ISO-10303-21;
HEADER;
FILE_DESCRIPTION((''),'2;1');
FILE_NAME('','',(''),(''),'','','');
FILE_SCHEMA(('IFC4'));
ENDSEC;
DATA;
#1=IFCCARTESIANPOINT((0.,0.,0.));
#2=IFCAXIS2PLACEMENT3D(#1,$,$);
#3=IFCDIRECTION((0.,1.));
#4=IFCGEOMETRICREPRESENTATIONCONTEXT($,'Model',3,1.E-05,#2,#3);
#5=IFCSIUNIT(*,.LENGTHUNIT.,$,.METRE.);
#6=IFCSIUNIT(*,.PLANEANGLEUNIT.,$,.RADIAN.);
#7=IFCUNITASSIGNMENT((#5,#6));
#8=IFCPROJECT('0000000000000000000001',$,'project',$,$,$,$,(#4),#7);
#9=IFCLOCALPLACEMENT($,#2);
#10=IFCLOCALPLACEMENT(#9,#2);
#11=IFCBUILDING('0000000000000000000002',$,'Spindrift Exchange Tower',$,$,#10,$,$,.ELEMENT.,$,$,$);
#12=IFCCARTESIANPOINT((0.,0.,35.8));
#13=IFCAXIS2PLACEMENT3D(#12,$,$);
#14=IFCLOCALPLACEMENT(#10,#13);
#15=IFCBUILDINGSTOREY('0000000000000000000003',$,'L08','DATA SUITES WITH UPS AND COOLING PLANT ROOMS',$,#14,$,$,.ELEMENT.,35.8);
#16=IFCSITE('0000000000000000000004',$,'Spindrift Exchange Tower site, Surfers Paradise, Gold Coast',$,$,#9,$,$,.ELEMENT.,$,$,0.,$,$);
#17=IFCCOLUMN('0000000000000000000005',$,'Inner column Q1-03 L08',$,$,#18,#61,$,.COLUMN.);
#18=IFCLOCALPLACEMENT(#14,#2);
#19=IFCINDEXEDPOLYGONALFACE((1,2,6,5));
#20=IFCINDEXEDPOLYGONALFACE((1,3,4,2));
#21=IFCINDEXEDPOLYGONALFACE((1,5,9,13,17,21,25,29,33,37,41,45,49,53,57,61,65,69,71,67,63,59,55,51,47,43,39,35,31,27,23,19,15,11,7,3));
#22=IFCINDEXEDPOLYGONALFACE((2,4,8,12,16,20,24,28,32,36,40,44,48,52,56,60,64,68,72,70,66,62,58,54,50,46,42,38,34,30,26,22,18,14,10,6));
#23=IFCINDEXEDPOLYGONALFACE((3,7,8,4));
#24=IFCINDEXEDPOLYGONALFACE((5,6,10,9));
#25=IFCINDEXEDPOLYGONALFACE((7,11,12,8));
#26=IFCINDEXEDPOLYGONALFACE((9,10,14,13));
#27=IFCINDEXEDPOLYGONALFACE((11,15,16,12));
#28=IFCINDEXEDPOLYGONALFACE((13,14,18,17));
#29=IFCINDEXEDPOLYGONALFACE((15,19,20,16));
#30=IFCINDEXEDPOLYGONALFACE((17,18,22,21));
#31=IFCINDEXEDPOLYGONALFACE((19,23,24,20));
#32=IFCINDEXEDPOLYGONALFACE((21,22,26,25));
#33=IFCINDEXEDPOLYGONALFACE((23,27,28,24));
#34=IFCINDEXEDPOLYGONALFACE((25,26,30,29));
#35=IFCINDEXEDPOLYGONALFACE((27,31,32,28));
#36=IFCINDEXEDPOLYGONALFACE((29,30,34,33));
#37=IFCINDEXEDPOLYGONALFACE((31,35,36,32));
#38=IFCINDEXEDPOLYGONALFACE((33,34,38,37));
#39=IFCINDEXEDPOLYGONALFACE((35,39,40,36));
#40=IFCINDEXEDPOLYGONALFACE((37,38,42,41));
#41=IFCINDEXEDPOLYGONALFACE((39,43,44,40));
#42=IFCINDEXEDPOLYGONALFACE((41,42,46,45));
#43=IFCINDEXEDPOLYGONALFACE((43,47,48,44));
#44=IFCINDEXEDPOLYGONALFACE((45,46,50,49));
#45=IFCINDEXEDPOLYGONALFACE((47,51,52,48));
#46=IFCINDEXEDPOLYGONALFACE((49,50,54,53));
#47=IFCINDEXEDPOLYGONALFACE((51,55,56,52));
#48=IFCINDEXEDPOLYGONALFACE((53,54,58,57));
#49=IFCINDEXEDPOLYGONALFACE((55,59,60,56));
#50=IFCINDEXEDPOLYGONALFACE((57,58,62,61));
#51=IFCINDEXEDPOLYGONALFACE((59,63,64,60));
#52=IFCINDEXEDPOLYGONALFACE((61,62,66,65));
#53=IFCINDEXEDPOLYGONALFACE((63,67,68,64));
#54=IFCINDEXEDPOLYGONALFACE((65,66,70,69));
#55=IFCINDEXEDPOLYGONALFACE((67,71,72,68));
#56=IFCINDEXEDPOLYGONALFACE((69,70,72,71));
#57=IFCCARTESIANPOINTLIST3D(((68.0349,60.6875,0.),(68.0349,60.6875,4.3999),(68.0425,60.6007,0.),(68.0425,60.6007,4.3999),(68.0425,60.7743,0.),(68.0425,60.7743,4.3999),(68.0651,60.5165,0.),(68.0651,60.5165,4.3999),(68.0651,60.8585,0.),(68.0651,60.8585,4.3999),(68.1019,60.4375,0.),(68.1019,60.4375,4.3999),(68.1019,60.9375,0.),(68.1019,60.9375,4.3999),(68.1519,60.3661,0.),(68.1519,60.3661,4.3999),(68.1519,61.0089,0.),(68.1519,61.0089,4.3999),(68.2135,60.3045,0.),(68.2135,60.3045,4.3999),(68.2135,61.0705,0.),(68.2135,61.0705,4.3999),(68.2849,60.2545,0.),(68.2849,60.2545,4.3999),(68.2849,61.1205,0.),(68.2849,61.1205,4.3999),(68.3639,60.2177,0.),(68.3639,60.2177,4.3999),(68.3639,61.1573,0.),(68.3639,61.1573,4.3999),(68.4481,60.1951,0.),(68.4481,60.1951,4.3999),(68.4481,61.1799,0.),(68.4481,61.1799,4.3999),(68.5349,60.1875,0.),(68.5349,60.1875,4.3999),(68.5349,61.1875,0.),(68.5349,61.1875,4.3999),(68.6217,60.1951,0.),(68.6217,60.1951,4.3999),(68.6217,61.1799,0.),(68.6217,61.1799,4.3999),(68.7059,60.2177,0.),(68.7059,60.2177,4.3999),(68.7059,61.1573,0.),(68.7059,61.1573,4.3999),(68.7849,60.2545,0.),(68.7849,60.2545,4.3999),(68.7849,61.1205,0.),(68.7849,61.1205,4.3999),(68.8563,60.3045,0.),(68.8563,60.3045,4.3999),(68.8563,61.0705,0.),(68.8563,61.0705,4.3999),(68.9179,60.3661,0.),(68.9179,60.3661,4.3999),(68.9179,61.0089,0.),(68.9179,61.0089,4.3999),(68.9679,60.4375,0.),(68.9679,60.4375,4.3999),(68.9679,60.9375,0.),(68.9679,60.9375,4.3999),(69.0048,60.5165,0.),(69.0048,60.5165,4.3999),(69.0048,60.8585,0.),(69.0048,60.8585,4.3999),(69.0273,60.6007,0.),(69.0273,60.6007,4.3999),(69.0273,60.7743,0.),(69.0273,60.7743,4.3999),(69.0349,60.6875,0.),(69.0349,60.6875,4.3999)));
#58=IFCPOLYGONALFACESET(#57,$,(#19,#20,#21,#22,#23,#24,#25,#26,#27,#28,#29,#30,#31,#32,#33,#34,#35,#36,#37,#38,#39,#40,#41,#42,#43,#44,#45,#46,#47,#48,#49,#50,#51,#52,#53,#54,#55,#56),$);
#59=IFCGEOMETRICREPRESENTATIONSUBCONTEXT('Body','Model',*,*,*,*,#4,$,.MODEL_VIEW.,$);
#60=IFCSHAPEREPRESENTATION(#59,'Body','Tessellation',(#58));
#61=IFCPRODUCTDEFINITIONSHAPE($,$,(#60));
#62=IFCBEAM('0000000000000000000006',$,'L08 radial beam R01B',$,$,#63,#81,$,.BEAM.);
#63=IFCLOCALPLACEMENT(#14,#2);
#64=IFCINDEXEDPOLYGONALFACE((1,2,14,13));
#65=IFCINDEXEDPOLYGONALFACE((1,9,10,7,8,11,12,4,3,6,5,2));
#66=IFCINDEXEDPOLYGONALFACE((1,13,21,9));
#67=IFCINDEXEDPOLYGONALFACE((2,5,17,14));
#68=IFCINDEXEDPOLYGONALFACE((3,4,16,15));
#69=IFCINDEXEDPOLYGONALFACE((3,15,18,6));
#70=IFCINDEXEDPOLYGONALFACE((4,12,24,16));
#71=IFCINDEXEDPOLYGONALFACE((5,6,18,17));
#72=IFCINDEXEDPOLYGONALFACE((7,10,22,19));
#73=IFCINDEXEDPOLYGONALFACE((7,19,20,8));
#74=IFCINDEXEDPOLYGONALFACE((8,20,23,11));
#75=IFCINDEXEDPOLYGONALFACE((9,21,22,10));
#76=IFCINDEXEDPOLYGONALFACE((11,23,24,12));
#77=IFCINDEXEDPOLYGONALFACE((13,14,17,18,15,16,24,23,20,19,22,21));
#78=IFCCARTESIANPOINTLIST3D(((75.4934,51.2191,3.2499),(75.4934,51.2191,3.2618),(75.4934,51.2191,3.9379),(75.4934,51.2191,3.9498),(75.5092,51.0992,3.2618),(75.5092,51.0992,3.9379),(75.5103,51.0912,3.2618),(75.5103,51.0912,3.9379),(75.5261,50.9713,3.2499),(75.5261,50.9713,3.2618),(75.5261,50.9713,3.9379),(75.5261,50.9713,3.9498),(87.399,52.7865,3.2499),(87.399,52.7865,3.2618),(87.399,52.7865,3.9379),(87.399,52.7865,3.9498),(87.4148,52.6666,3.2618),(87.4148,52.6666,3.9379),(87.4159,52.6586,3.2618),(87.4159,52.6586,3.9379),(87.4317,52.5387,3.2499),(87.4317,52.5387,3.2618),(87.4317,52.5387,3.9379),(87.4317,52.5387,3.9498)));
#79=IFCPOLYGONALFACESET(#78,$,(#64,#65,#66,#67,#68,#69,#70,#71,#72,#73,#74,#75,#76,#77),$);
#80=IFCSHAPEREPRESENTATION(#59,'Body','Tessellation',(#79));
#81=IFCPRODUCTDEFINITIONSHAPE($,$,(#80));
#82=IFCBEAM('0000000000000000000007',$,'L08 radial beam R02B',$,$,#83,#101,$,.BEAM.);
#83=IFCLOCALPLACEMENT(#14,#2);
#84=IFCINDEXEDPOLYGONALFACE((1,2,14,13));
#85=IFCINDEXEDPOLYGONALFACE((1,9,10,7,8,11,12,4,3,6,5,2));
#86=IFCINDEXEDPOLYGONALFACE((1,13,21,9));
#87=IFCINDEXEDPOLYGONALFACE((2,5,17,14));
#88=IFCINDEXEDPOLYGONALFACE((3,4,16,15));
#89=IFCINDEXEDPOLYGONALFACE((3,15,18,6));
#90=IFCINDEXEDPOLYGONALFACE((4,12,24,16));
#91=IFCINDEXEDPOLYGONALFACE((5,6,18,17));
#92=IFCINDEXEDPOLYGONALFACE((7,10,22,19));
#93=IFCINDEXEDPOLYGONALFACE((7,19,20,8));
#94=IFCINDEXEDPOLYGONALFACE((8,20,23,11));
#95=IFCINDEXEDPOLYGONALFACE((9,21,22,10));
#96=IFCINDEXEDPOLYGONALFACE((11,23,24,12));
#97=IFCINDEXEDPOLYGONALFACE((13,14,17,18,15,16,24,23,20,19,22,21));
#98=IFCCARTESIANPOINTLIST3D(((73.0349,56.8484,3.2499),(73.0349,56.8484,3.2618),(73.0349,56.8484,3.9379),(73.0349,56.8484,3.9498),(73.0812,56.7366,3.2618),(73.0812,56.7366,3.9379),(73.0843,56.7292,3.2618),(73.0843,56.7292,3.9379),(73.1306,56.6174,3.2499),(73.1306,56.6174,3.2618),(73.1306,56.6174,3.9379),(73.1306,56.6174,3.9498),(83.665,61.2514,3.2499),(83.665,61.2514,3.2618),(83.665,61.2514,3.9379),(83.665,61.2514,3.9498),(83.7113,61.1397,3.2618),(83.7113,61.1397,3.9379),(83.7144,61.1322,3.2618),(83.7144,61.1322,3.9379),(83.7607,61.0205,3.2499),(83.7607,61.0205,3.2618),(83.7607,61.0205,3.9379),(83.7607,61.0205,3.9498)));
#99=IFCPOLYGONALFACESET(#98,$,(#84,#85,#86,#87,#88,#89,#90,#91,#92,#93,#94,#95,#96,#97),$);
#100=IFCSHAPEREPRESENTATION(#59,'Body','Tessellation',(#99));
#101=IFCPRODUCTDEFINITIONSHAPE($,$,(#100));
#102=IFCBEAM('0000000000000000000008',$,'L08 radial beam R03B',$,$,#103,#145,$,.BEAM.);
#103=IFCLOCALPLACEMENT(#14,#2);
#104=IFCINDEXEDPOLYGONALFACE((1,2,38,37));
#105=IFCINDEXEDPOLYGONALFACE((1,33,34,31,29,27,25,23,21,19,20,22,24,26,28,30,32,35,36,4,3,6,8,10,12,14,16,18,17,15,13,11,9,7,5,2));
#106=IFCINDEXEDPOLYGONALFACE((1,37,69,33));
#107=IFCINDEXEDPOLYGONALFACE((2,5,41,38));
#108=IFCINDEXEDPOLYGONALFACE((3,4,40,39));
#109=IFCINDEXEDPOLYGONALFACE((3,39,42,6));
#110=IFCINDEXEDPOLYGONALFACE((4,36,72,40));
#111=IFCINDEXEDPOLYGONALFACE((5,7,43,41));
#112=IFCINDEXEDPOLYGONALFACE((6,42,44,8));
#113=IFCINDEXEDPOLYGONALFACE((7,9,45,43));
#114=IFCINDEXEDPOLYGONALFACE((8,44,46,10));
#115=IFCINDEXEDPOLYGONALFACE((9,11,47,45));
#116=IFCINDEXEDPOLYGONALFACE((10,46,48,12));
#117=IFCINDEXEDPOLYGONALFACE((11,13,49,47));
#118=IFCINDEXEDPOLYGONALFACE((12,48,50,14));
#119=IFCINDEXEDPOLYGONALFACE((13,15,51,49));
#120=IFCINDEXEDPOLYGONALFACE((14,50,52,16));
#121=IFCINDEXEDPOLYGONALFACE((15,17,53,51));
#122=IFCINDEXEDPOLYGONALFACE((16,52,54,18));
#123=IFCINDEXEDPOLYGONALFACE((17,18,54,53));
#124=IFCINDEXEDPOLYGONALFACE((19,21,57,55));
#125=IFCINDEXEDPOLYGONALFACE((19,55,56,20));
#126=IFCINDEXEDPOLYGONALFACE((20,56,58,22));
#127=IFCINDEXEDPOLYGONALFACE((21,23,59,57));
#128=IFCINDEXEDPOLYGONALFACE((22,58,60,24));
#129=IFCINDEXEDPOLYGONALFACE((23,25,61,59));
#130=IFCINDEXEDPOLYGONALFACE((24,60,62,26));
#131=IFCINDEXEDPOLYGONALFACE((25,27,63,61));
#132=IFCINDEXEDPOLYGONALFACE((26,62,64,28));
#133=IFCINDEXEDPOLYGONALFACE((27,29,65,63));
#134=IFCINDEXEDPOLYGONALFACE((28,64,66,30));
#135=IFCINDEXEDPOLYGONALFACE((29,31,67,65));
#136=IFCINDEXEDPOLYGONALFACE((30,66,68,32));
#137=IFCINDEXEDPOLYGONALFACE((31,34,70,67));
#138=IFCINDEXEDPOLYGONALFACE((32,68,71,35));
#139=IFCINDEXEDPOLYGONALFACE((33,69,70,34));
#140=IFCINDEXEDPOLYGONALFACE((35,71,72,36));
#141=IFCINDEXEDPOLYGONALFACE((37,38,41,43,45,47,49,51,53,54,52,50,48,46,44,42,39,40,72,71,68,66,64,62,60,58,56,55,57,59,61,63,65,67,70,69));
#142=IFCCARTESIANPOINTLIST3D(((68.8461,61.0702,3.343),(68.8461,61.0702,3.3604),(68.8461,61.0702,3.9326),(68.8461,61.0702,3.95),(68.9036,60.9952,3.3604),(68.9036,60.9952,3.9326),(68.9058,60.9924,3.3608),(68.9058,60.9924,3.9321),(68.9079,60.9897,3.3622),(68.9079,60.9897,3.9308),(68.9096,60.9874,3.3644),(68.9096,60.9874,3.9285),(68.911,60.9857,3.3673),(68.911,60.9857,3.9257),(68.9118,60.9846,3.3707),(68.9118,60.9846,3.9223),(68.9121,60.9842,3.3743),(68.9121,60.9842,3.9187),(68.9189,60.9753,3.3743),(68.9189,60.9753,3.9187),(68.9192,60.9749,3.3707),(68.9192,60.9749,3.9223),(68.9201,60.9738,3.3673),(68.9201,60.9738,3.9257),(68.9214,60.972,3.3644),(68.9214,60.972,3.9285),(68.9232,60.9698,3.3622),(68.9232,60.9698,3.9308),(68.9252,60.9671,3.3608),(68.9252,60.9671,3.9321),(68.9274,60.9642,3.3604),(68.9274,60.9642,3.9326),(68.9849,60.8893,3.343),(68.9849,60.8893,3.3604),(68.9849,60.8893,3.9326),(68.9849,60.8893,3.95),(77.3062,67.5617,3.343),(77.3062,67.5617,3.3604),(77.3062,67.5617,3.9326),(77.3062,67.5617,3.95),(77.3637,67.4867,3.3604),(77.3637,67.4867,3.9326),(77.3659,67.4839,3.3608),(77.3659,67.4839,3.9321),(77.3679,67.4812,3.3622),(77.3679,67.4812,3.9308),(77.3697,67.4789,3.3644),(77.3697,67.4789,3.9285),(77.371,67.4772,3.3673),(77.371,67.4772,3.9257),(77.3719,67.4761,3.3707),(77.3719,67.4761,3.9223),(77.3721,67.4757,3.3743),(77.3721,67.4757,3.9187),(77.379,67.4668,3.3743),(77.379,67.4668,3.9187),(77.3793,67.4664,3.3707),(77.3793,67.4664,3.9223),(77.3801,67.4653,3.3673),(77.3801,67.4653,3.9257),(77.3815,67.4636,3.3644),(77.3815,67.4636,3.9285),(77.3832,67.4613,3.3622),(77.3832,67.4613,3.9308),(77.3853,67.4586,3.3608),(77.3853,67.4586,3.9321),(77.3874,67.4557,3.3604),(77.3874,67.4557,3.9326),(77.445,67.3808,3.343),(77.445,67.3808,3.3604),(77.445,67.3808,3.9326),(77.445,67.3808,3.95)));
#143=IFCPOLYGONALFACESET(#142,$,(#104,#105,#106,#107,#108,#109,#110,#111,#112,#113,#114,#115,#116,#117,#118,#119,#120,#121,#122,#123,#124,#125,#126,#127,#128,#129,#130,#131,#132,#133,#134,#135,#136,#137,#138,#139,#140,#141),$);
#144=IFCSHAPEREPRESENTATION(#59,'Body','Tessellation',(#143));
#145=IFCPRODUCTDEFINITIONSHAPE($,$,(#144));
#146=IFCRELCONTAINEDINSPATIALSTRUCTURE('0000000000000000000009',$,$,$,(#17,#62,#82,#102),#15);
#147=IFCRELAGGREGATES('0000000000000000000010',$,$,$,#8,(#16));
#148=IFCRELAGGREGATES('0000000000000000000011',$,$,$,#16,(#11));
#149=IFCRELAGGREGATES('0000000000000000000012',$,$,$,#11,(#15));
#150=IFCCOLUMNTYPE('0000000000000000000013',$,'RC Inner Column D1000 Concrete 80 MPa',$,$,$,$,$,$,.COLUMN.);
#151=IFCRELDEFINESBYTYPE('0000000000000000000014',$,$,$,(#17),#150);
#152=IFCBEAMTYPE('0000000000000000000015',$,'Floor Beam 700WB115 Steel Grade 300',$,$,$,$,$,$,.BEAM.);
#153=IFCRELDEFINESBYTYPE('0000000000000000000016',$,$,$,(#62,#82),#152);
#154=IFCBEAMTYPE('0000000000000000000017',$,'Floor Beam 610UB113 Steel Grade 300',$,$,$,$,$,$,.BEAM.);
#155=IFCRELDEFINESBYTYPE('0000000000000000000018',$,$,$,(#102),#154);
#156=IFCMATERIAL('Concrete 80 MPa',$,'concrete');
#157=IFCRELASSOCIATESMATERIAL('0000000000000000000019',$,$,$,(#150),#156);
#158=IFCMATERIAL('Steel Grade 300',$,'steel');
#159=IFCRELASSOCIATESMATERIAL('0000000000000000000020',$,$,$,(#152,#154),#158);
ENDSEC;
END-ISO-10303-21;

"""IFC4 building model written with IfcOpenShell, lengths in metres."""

from ifc_helpers import new_model, si_unit, direction, frame, origin, origin_2d, place, context, subcontext, project, spatial, circle, i_section, extrude, source, transform, mapped, material, material_profile, profile_set, type_object, element, save


model = new_model("IFC4")

# Units and contexts
model_context = context("Model", 3, precision=1e-05, world=origin(), true_north=direction((0.0, 1.0)))
body_context = subcontext(model_context, "Body", "Model", "MODEL_VIEW")
ifc_project = project(units=[si_unit("LENGTHUNIT", "METRE"), si_unit("PLANEANGLEUNIT", "RADIAN")], contexts=[model_context])

# Site, building, storey
site_placement = place(None, origin())
site = spatial("IfcSite", under=ifc_project, at=site_placement, Name="Spindrift Exchange Tower site, Surfers Paradise, Gold Coast", CompositionType="ELEMENT", RefElevation=0.0)
building_placement = place(site_placement, origin())
building = spatial("IfcBuilding", under=site, at=building_placement, Name="Spindrift Exchange Tower", CompositionType="ELEMENT")
storey_placement = place(building_placement, frame((0.0, 0.0, 35.8)))
storey = spatial("IfcBuildingStorey", under=building, at=storey_placement, Name="L08", Description="DATA SUITES WITH UPS AND COOLING PLANT ROOMS", CompositionType="ELEMENT", Elevation=35.8)

# Column
ifc_material_1 = material(Name="Concrete 80 MPa", Category="concrete")
ifc_material_profile_1 = material_profile(ifc_material_1, circle(Radius=0.5, at=origin_2d()), Name="RC D1000")
ifc_profile_set_1 = profile_set([ifc_material_profile_1], Name="Concrete 80 MPa")
column_type_1 = type_object("IfcColumnType", Name="RC Inner Column D1000 Concrete 80 MPa", PredefinedType="COLUMN", material=ifc_profile_set_1)
shared_shape_1 = source(origin(), body_context, "Body", "SweptSolid", [
    extrude(circle(Radius=0.5, at=origin_2d()), origin(), (0.0, 0.0, 1.0), 4.3999),
])
for number, where, z_axis, x_axis, name in (
    (1, (68.5349, 60.6875, 0.0), (0.0, 0.0, 1.0), (1.0, 0.0, 0.0), "Inner column Q1-03 L08"),
):
    element("IfcColumn", number, at=place(storey_placement, frame(where, z_axis=z_axis, x_axis=x_axis)), inside=storey, type_object=column_type_1, Name=name, PredefinedType="COLUMN", context=body_context, shape_type="MappedRepresentation", body=[
        mapped(shared_shape_1, transform((0.0, 0.0, 0.0), scale=1.0)),
    ])

# Beams
ifc_material_2 = material(Name="Steel Grade 300", Category="steel")
ifc_material_profile_2 = material_profile(ifc_material_2, i_section(OverallWidth=0.25, OverallDepth=0.7, WebThickness=0.0081, FlangeThickness=0.012, at=origin_2d()), Name="700WB115")
ifc_profile_set_2 = profile_set([ifc_material_profile_2], Name="Steel Grade 300")
beam_type_1 = type_object("IfcBeamType", Name="Floor Beam 700WB115 Steel Grade 300", PredefinedType="BEAM", material=ifc_profile_set_2)
shared_shape_2 = source(origin(), body_context, "Body", "SweptSolid", [
    extrude(i_section(OverallWidth=0.25, OverallDepth=0.7, WebThickness=0.0081, FlangeThickness=0.012, at=origin_2d()), origin(), (0.0, 0.0, 1.0), 12.0083),
])
beam_1_placement = place(storey_placement, frame((75.5098, 51.0952, 3.5999), z_axis=(0.991445, 0.130526, 0.0), x_axis=(-0.130526, 0.991445, 0.0)))
element("IfcBeam", 2, at=beam_1_placement, inside=storey, type_object=beam_type_1, Name="L08 radial beam R01B", PredefinedType="BEAM", context=body_context, shape_type="MappedRepresentation", body=[
    mapped(shared_shape_2, transform((0.0, 0.0, 0.0), scale=1.0)),
])
shared_shape_3 = source(origin(), body_context, "Body", "SweptSolid", [
    extrude(i_section(OverallWidth=0.25, OverallDepth=0.7, WebThickness=0.0081, FlangeThickness=0.012, at=origin_2d()), origin(), (0.0, 0.0, 1.0), 11.5059),
])
beam_2_placement = place(storey_placement, frame((73.0828, 56.7329, 3.5999), z_axis=(0.923882, 0.382678, 0.0), x_axis=(-0.382678, 0.923882, 0.0)))
element("IfcBeam", 3, at=beam_2_placement, inside=storey, type_object=beam_type_1, Name="L08 radial beam R02B", PredefinedType="BEAM", context=body_context, shape_type="MappedRepresentation", body=[
    mapped(shared_shape_3, transform((0.0, 0.0, 0.0), scale=1.0)),
])
ifc_material_profile_3 = material_profile(ifc_material_2, i_section(OverallWidth=0.228, OverallDepth=0.6069, WebThickness=0.0112, FlangeThickness=0.0173, FilletRadius=0.0139, at=origin_2d()), Name="610UB113")
ifc_profile_set_3 = profile_set([ifc_material_profile_3], Name="Steel Grade 300")
beam_type_2 = type_object("IfcBeamType", Name="Floor Beam 610UB113 Steel Grade 300", PredefinedType="BEAM", material=ifc_profile_set_3)
shared_shape_4 = source(origin(), body_context, "Body", "SweptSolid", [
    extrude(i_section(OverallWidth=0.228, OverallDepth=0.6069, WebThickness=0.0112, FlangeThickness=0.0173, FilletRadius=0.0139, at=origin_2d()), origin(), (0.0, 0.0, 1.0), 10.6636),
])
beam_3_placement = place(storey_placement, frame((68.9155, 60.9797, 3.6465), z_axis=(0.793358, 0.608755, 0.0), x_axis=(-0.608755, 0.793358, 0.0)))
element("IfcBeam", 4, at=beam_3_placement, inside=storey, type_object=beam_type_2, Name="L08 radial beam R03B", PredefinedType="BEAM", context=body_context, shape_type="MappedRepresentation", body=[
    mapped(shared_shape_4, transform((0.0, 0.0, 0.0), scale=1.0)),
])

save(model, "model.ifc")
